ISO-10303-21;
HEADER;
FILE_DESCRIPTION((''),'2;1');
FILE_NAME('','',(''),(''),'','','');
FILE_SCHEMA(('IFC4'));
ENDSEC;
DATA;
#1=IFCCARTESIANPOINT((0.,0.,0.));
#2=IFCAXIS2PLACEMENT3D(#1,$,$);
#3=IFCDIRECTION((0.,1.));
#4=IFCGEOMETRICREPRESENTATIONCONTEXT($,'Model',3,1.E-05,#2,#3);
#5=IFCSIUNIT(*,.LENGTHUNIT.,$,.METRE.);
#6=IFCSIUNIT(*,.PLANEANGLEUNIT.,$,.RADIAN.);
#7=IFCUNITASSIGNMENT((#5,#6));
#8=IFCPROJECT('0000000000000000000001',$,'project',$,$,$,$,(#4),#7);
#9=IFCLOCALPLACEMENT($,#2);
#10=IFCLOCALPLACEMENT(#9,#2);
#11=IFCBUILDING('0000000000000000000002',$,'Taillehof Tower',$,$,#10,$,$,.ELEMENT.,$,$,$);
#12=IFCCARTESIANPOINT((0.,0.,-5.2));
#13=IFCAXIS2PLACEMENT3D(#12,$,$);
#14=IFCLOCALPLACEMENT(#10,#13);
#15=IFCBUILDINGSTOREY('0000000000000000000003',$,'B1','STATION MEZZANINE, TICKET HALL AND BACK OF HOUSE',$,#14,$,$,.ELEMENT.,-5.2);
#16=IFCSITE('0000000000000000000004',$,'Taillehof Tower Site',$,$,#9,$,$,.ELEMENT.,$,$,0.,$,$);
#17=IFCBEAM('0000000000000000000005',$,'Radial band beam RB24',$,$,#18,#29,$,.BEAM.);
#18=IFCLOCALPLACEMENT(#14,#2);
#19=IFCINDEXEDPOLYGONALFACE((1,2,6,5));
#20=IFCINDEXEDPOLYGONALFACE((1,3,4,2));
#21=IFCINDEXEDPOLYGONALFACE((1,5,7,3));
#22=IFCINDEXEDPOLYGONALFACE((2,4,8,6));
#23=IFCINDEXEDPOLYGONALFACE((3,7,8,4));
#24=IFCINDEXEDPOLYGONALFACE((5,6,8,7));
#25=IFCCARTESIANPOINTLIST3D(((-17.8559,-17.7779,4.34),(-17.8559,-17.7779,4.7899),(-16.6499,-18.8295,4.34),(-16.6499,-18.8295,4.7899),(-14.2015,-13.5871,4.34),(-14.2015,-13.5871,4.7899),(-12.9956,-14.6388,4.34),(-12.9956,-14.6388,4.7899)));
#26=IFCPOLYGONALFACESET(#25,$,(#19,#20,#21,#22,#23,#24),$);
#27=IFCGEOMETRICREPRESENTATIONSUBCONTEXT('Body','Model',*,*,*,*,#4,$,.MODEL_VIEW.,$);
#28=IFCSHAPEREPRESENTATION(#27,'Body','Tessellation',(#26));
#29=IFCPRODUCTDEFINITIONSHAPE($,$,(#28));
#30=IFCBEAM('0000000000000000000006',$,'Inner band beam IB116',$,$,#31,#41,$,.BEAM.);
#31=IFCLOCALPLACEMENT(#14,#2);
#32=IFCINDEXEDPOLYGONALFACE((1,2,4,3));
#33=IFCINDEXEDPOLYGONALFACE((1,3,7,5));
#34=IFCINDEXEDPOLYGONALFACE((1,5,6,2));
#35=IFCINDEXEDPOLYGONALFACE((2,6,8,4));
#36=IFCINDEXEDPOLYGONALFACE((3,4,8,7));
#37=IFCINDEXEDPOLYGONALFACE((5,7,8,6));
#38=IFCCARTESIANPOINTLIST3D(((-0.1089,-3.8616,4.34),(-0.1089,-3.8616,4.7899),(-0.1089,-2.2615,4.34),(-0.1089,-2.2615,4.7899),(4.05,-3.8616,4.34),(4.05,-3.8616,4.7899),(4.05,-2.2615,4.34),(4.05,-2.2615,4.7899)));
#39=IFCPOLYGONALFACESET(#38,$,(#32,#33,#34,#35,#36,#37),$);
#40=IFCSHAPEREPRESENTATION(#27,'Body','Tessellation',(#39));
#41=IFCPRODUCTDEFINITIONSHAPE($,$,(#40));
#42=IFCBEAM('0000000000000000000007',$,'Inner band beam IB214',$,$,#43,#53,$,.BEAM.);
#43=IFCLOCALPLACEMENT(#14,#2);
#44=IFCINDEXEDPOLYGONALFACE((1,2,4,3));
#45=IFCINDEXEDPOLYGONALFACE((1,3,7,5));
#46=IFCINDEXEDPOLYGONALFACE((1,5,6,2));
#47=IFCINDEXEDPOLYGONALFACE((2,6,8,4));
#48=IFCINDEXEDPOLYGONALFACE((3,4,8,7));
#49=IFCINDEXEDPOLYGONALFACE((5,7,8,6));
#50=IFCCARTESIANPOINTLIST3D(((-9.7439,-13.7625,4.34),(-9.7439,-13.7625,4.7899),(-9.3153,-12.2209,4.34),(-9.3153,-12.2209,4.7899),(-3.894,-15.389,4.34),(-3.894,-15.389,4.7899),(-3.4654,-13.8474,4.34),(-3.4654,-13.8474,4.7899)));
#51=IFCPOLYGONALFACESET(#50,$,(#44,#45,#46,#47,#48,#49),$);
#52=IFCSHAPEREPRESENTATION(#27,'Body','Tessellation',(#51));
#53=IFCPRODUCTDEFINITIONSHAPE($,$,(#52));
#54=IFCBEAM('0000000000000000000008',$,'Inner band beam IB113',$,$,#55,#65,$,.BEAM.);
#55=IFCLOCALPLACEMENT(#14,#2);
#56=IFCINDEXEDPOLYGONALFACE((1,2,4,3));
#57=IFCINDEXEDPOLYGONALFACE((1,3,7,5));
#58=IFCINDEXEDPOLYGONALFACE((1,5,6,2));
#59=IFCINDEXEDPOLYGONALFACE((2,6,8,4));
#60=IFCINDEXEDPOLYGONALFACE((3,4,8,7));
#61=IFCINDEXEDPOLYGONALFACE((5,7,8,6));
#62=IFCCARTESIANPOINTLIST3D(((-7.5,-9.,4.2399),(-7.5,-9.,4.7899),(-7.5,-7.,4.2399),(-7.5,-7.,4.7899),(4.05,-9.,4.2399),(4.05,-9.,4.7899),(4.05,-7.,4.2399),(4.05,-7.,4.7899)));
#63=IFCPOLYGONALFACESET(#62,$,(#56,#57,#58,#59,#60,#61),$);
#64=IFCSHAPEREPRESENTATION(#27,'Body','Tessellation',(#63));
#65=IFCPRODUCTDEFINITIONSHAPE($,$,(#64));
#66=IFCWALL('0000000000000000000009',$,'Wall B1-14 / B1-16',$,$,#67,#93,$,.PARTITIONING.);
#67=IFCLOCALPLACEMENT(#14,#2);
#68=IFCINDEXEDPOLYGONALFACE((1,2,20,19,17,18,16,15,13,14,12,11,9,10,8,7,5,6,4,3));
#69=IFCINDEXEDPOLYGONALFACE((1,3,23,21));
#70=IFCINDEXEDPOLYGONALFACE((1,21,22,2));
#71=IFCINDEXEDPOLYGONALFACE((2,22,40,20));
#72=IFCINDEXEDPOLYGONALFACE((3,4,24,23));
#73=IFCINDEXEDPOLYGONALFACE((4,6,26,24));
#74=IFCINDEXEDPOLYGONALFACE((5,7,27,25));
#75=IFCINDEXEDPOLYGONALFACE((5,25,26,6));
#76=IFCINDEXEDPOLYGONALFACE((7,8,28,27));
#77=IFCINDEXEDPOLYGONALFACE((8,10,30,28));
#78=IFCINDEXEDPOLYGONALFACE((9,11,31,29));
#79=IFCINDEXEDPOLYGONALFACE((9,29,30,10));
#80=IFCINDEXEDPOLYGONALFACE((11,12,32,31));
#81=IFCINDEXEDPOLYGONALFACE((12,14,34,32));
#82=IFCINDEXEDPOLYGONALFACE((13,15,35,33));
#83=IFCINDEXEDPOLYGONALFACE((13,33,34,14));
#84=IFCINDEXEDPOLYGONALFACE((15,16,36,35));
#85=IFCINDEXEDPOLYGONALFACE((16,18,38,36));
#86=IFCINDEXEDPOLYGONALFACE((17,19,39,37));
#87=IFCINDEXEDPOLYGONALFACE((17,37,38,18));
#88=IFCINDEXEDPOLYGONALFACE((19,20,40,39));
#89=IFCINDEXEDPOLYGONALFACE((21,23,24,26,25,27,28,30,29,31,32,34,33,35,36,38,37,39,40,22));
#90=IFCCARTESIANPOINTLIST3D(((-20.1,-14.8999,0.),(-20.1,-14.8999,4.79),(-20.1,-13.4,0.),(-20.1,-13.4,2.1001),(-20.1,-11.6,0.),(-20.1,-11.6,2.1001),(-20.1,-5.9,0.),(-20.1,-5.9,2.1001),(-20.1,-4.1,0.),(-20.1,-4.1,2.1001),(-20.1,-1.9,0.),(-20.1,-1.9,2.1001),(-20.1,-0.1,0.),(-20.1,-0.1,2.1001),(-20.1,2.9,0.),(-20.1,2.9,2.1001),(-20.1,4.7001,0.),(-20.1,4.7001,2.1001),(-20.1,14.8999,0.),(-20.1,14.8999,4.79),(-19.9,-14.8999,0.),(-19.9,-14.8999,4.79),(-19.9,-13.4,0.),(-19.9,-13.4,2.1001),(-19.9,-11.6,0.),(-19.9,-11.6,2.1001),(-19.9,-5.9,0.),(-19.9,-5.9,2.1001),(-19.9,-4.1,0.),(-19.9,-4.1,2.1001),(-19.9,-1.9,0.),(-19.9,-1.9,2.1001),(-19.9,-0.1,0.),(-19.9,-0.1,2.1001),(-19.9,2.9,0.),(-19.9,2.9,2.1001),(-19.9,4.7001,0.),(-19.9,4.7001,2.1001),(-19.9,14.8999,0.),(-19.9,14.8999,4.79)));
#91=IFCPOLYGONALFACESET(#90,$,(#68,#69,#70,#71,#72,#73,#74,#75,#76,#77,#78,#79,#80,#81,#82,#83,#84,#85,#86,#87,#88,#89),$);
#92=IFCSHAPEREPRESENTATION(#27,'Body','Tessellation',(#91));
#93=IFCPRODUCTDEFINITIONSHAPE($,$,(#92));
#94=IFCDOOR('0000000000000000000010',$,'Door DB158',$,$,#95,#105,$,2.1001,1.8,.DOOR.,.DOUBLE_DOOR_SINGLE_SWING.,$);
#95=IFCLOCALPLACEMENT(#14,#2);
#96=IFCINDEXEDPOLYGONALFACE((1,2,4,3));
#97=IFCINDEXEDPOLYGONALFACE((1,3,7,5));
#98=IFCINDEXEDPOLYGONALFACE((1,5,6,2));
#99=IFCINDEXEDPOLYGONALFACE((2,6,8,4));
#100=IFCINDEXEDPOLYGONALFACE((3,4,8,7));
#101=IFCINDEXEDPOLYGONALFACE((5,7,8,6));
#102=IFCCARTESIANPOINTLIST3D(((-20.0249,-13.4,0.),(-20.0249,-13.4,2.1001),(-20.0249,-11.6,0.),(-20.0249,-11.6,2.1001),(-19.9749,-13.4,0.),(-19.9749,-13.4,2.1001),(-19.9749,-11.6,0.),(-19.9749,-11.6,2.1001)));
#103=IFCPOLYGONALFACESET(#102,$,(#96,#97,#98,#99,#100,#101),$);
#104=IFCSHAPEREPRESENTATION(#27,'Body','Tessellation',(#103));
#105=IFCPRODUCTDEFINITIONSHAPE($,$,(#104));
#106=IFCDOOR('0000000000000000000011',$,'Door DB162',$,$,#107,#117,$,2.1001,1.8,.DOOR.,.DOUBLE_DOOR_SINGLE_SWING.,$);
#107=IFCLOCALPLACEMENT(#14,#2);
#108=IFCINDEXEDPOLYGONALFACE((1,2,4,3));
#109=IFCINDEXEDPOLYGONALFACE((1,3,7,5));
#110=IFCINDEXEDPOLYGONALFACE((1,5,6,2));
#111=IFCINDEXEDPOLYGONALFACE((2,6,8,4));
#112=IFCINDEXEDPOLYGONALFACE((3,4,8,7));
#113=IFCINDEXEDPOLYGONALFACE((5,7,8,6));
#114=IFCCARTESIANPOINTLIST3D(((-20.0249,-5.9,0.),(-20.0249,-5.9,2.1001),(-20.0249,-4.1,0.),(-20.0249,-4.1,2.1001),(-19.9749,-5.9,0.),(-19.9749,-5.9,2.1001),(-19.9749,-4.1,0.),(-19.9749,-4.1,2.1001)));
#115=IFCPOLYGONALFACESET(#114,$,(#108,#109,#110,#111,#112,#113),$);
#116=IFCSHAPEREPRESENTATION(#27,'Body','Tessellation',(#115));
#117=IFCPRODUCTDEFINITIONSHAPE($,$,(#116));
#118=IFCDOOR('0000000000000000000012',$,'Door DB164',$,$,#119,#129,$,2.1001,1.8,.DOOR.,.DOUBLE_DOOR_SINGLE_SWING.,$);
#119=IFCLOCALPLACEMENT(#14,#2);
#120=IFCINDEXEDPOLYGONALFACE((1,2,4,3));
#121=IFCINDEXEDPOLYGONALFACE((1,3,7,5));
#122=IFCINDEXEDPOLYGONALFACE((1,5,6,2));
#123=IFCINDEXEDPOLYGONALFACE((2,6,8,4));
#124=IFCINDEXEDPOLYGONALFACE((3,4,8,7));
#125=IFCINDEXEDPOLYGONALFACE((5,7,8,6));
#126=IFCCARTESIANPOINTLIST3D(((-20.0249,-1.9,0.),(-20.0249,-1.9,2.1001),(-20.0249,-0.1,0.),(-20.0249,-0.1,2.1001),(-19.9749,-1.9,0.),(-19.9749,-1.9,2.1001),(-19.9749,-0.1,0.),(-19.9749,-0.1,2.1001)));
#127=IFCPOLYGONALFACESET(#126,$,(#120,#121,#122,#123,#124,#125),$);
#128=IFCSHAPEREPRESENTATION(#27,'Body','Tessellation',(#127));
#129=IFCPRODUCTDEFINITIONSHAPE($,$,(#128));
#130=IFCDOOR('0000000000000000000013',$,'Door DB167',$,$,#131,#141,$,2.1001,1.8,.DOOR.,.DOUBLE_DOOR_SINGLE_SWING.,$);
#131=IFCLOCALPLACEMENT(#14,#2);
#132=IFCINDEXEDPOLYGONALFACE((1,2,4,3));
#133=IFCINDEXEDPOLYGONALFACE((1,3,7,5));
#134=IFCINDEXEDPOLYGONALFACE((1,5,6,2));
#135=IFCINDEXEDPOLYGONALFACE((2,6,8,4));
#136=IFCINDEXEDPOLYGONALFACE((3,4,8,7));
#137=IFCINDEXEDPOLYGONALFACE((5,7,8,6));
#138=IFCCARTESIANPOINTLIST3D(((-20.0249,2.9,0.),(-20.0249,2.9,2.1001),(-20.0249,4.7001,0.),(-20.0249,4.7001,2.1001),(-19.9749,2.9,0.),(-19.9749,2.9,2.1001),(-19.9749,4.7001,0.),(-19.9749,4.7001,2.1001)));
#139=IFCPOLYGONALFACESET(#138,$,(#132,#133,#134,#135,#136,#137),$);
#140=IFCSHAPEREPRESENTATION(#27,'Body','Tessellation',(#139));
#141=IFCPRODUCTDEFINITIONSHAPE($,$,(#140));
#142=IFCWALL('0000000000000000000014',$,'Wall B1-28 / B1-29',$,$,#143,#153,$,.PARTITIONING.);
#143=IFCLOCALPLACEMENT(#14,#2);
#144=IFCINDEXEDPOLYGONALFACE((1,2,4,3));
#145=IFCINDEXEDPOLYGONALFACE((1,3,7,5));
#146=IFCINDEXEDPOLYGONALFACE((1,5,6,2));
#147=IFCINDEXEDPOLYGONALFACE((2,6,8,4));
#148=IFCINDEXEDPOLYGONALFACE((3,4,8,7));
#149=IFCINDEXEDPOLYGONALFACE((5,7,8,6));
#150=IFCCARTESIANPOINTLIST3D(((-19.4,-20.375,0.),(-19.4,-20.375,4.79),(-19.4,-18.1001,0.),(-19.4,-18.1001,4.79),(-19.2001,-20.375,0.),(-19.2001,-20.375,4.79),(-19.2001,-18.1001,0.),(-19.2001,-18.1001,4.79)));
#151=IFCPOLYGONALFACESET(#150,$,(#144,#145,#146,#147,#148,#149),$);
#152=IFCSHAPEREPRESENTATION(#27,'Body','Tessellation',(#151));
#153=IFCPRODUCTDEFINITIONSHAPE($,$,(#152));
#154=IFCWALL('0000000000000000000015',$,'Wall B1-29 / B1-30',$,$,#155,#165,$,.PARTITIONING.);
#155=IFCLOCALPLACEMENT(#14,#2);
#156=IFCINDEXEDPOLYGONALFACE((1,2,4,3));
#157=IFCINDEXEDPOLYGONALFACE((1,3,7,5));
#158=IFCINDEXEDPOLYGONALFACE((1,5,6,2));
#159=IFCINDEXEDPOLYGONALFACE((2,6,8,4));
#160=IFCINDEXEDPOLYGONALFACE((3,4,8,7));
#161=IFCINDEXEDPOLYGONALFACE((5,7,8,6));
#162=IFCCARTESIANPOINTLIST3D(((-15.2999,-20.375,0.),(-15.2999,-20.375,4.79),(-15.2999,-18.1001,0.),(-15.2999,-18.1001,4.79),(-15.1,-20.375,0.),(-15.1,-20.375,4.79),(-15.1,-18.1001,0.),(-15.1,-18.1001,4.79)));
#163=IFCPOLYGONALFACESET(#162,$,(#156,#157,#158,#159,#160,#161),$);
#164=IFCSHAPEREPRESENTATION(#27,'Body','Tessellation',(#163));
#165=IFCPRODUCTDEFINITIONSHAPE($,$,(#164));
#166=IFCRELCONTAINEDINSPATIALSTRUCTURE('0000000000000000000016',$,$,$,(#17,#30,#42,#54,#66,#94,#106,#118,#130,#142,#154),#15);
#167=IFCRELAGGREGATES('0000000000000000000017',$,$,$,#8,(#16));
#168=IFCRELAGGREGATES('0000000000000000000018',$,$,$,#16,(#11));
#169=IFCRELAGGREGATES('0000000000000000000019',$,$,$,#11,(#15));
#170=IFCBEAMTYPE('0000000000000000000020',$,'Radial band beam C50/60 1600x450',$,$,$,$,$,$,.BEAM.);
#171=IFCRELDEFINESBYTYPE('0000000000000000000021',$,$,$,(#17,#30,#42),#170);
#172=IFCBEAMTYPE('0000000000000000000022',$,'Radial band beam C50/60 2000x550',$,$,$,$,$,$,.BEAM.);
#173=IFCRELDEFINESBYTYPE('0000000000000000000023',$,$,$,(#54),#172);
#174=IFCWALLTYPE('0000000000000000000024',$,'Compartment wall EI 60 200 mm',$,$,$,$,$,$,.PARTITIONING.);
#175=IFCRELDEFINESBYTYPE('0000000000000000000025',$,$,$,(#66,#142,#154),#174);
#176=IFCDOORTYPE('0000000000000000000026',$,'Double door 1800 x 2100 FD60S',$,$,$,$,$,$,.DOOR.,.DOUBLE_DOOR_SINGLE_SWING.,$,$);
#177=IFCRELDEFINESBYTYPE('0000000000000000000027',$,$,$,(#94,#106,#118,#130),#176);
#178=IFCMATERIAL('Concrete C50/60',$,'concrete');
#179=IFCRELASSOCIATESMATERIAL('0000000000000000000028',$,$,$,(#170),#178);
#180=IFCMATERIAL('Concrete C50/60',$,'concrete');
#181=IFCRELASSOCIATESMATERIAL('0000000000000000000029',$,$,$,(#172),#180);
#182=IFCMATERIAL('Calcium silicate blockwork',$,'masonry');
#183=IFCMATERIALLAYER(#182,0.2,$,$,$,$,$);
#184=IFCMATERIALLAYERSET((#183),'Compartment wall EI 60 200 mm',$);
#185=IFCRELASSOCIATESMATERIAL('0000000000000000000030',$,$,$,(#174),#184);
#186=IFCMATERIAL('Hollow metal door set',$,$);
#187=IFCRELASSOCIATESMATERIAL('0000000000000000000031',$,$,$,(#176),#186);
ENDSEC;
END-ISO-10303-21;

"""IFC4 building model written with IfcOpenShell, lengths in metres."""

from ifc_helpers import new_model, si_unit, direction, frame, frame_2d, origin, origin_2d, place, context, subcontext, project, spatial, rectangle, extrude, material, layer, layer_set, material_profile, profile_set, type_object, element, fill, save


model = new_model("IFC4")

# Units and contexts
model_context = context("Model", 3, precision=1e-05, world=origin(), true_north=direction((0.0, 1.0)))
body_context = subcontext(model_context, "Body", "Model", "MODEL_VIEW")
ifc_project = project(units=[si_unit("LENGTHUNIT", "METRE"), si_unit("PLANEANGLEUNIT", "RADIAN")], contexts=[model_context])

# Site, building, storey
site_placement = place(None, origin())
site = spatial("IfcSite", under=ifc_project, at=site_placement, Name="Taillehof Tower Site", CompositionType="ELEMENT", RefElevation=0.0)
building_placement = place(site_placement, origin())
building = spatial("IfcBuilding", under=site, at=building_placement, Name="Taillehof Tower", CompositionType="ELEMENT")
storey_placement = place(building_placement, frame((0.0, 0.0, -5.2)))
storey = spatial("IfcBuildingStorey", under=building, at=storey_placement, Name="B1", Description="STATION MEZZANINE, TICKET HALL AND BACK OF HOUSE", CompositionType="ELEMENT", Elevation=-5.2)

# Beams
ifc_material_1 = material(Name="Concrete C50/60", Category="concrete")
ifc_material_profile_1 = material_profile(ifc_material_1, rectangle(XDim=1.6001, YDim=0.45, at=origin_2d()), Name="RC 1600x450")
ifc_profile_set_1 = profile_set([ifc_material_profile_1], Name="Concrete C50/60")
beam_type_1 = type_object("IfcBeamType", Name="Radial band beam C50/60 1600x450", PredefinedType="BEAM", material=ifc_profile_set_1)
beam_1_placement = place(storey_placement, frame((-17.2529, -18.3037, 4.5649), z_axis=(0.657226, 0.753694, 0.0), x_axis=(-0.753694, 0.657226, 0.0)))
element("IfcBeam", 1, at=beam_1_placement, inside=storey, type_object=beam_type_1, Name="Radial band beam RB24", PredefinedType="BEAM", context=body_context, shape_type="SweptSolid", body=[
    extrude(rectangle(XDim=1.6001, YDim=0.45, at=origin_2d()), origin(), (0.0, 0.0, 1.0), 5.5603),
])
beam_2_placement = place(storey_placement, frame((-0.1089, -3.0615, 4.5649), z_axis=(1.0, 0.0, 0.0), x_axis=(0.0, 1.0, 0.0)))
element("IfcBeam", 2, at=beam_2_placement, inside=storey, type_object=beam_type_1, Name="Inner band beam IB116", PredefinedType="BEAM", context=body_context, shape_type="SweptSolid", body=[
    extrude(rectangle(XDim=1.6001, YDim=0.45, at=origin_2d()), origin(), (0.0, 0.0, 1.0), 4.1589),
])
beam_3_placement = place(storey_placement, frame((-3.6797, -14.6182, 4.5649), z_axis=(-0.963454, 0.267874, 0.0), x_axis=(-0.267874, -0.963454, 0.0)))
element("IfcBeam", 3, at=beam_3_placement, inside=storey, type_object=beam_type_1, Name="Inner band beam IB214", PredefinedType="BEAM", context=body_context, shape_type="SweptSolid", body=[
    extrude(rectangle(XDim=1.6001, YDim=0.45, at=origin_2d()), origin(), (0.0, 0.0, 1.0), 6.0718),
])
ifc_material_2 = material(Name="Concrete C50/60", Category="concrete")
ifc_material_profile_2 = material_profile(ifc_material_2, rectangle(XDim=2.0, YDim=0.55, at=origin_2d()), Name="RC 2000x550")
ifc_profile_set_2 = profile_set([ifc_material_profile_2], Name="Concrete C50/60")
beam_type_2 = type_object("IfcBeamType", Name="Radial band beam C50/60 2000x550", PredefinedType="BEAM", material=ifc_profile_set_2)
beam_4_placement = place(storey_placement, frame((-7.5, -8.0, 4.5149), z_axis=(1.0, 0.0, 0.0), x_axis=(0.0, 1.0, 0.0)))
element("IfcBeam", 4, at=beam_4_placement, inside=storey, type_object=beam_type_2, Name="Inner band beam IB113", PredefinedType="BEAM", context=body_context, shape_type="SweptSolid", body=[
    extrude(rectangle(XDim=2.0, YDim=0.55, at=origin_2d()), origin(), (0.0, 0.0, 1.0), 11.55),
])

# Wall, openings, doors
ifc_material_3 = material(Name="Calcium silicate blockwork", Category="masonry")
ifc_layer_1 = layer(ifc_material_3, 0.2)
ifc_layer_set_1 = layer_set([ifc_layer_1], Name="Compartment wall EI 60 200 mm")
wall_type_1 = type_object("IfcWallType", Name="Compartment wall EI 60 200 mm", PredefinedType="PARTITIONING", material=ifc_layer_set_1)
wall_1_placement = place(storey_placement, frame((-20.0, -14.8999, 0.0), z_axis=(0.0, 0.0, 1.0), x_axis=(0.0, 1.0, 0.0)))
wall_1 = element("IfcWall", 5, at=wall_1_placement, inside=storey, type_object=wall_type_1, Name="Wall B1-14 / B1-16", PredefinedType="PARTITIONING", context=body_context, shape_type="SweptSolid", body=[
    extrude(rectangle(XDim=29.7998, YDim=0.2, at=frame_2d((14.8999, 0.0))), origin(), (0.0, 0.0, 1.0), 4.79),
])
opening_1_placement = place(wall_1_placement, frame((1.5, 0.0, 0.0)))
opening_1 = element("IfcOpeningElement", 6, at=opening_1_placement, cuts=wall_1, PredefinedType="OPENING", context=body_context, shape_type="SweptSolid", body=[
    extrude(rectangle(XDim=1.8, YDim=2.1001, at=frame_2d((0.8999, 1.05))), frame((0.0, 0.1099, 0.0), z_axis=(0.0, -1.0, 0.0), x_axis=(1.0, 0.0, 0.0)), (0.0, 0.0, 1.0), 0.22),
])
opening_2_placement = place(wall_1_placement, frame((9.0, 0.0, 0.0)))
opening_2 = element("IfcOpeningElement", 7, at=opening_2_placement, cuts=wall_1, PredefinedType="OPENING", context=body_context, shape_type="SweptSolid", body=[
    extrude(rectangle(XDim=1.8, YDim=2.1001, at=frame_2d((0.8999, 1.05))), frame((0.0, 0.1099, 0.0), z_axis=(0.0, -1.0, 0.0), x_axis=(1.0, 0.0, 0.0)), (0.0, 0.0, 1.0), 0.22),
])
opening_3_placement = place(wall_1_placement, frame((13.0, 0.0, 0.0)))
opening_3 = element("IfcOpeningElement", 8, at=opening_3_placement, cuts=wall_1, PredefinedType="OPENING", context=body_context, shape_type="SweptSolid", body=[
    extrude(rectangle(XDim=1.8, YDim=2.1001, at=frame_2d((0.8999, 1.05))), frame((0.0, 0.1099, 0.0), z_axis=(0.0, -1.0, 0.0), x_axis=(1.0, 0.0, 0.0)), (0.0, 0.0, 1.0), 0.22),
])
opening_4_placement = place(wall_1_placement, frame((17.8, 0.0, 0.0)))
opening_4 = element("IfcOpeningElement", 9, at=opening_4_placement, cuts=wall_1, PredefinedType="OPENING", context=body_context, shape_type="SweptSolid", body=[
    extrude(rectangle(XDim=1.8, YDim=2.1001, at=frame_2d((0.8999, 1.05))), frame((0.0, 0.1099, 0.0), z_axis=(0.0, -1.0, 0.0), x_axis=(1.0, 0.0, 0.0)), (0.0, 0.0, 1.0), 0.22),
])
ifc_material_4 = material(Name="Hollow metal door set")
door_type = type_object("IfcDoorType", Name="Double door 1800 x 2100 FD60S", OperationType="DOUBLE_DOOR_SINGLE_SWING", PredefinedType="DOOR", material=ifc_material_4)
door_1_placement = place(opening_1_placement, origin())
door_1 = element("IfcDoor", 10, at=door_1_placement, inside=storey, type_object=door_type, Name="Door DB158", OperationType="DOUBLE_DOOR_SINGLE_SWING", OverallHeight=2.1001, OverallWidth=1.8, PredefinedType="DOOR", context=body_context, shape_type="SweptSolid", body=[
    extrude(rectangle(XDim=1.8, YDim=2.1001, at=frame_2d((0.8999, 1.05))), frame((0.0, 0.0249, 0.0), z_axis=(0.0, -1.0, 0.0), x_axis=(1.0, 0.0, 0.0)), (0.0, 0.0, 1.0), 0.05),
])
fill(opening_1, door_1)
door_2_placement = place(opening_2_placement, origin())
door_2 = element("IfcDoor", 11, at=door_2_placement, inside=storey, type_object=door_type, Name="Door DB162", OperationType="DOUBLE_DOOR_SINGLE_SWING", OverallHeight=2.1001, OverallWidth=1.8, PredefinedType="DOOR", context=body_context, shape_type="SweptSolid", body=[
    extrude(rectangle(XDim=1.8, YDim=2.1001, at=frame_2d((0.8999, 1.05))), frame((0.0, 0.0249, 0.0), z_axis=(0.0, -1.0, 0.0), x_axis=(1.0, 0.0, 0.0)), (0.0, 0.0, 1.0), 0.05),
])
fill(opening_2, door_2)
door_3_placement = place(opening_3_placement, origin())
door_3 = element("IfcDoor", 12, at=door_3_placement, inside=storey, type_object=door_type, Name="Door DB164", OperationType="DOUBLE_DOOR_SINGLE_SWING", OverallHeight=2.1001, OverallWidth=1.8, PredefinedType="DOOR", context=body_context, shape_type="SweptSolid", body=[
    extrude(rectangle(XDim=1.8, YDim=2.1001, at=frame_2d((0.8999, 1.05))), frame((0.0, 0.0249, 0.0), z_axis=(0.0, -1.0, 0.0), x_axis=(1.0, 0.0, 0.0)), (0.0, 0.0, 1.0), 0.05),
])
fill(opening_3, door_3)
door_4_placement = place(opening_4_placement, origin())
door_4 = element("IfcDoor", 13, at=door_4_placement, inside=storey, type_object=door_type, Name="Door DB167", OperationType="DOUBLE_DOOR_SINGLE_SWING", OverallHeight=2.1001, OverallWidth=1.8, PredefinedType="DOOR", context=body_context, shape_type="SweptSolid", body=[
    extrude(rectangle(XDim=1.8, YDim=2.1001, at=frame_2d((0.8999, 1.05))), frame((0.0, 0.0249, 0.0), z_axis=(0.0, -1.0, 0.0), x_axis=(1.0, 0.0, 0.0)), (0.0, 0.0, 1.0), 0.05),
])
fill(opening_4, door_4)

# Walls
for number, where, z_axis, x_axis, name in (
    (14, (-19.3, -20.375, 0.0), (0.0, 0.0, 1.0), (0.0, 1.0, 0.0), "Wall B1-28 / B1-29"),
    (15, (-15.2, -20.375, 0.0), (0.0, 0.0, 1.0), (0.0, 1.0, 0.0), "Wall B1-29 / B1-30"),
):
    element("IfcWall", number, at=place(storey_placement, frame(where, z_axis=z_axis, x_axis=x_axis)), inside=storey, type_object=wall_type_1, Name=name, PredefinedType="PARTITIONING", context=body_context, shape_type="SweptSolid", body=[
        extrude(rectangle(XDim=2.2749, YDim=0.2, at=frame_2d((1.1375, 0.0))), origin(), (0.0, 0.0, 1.0), 4.79),
    ])

save(model, "model.ifc")
